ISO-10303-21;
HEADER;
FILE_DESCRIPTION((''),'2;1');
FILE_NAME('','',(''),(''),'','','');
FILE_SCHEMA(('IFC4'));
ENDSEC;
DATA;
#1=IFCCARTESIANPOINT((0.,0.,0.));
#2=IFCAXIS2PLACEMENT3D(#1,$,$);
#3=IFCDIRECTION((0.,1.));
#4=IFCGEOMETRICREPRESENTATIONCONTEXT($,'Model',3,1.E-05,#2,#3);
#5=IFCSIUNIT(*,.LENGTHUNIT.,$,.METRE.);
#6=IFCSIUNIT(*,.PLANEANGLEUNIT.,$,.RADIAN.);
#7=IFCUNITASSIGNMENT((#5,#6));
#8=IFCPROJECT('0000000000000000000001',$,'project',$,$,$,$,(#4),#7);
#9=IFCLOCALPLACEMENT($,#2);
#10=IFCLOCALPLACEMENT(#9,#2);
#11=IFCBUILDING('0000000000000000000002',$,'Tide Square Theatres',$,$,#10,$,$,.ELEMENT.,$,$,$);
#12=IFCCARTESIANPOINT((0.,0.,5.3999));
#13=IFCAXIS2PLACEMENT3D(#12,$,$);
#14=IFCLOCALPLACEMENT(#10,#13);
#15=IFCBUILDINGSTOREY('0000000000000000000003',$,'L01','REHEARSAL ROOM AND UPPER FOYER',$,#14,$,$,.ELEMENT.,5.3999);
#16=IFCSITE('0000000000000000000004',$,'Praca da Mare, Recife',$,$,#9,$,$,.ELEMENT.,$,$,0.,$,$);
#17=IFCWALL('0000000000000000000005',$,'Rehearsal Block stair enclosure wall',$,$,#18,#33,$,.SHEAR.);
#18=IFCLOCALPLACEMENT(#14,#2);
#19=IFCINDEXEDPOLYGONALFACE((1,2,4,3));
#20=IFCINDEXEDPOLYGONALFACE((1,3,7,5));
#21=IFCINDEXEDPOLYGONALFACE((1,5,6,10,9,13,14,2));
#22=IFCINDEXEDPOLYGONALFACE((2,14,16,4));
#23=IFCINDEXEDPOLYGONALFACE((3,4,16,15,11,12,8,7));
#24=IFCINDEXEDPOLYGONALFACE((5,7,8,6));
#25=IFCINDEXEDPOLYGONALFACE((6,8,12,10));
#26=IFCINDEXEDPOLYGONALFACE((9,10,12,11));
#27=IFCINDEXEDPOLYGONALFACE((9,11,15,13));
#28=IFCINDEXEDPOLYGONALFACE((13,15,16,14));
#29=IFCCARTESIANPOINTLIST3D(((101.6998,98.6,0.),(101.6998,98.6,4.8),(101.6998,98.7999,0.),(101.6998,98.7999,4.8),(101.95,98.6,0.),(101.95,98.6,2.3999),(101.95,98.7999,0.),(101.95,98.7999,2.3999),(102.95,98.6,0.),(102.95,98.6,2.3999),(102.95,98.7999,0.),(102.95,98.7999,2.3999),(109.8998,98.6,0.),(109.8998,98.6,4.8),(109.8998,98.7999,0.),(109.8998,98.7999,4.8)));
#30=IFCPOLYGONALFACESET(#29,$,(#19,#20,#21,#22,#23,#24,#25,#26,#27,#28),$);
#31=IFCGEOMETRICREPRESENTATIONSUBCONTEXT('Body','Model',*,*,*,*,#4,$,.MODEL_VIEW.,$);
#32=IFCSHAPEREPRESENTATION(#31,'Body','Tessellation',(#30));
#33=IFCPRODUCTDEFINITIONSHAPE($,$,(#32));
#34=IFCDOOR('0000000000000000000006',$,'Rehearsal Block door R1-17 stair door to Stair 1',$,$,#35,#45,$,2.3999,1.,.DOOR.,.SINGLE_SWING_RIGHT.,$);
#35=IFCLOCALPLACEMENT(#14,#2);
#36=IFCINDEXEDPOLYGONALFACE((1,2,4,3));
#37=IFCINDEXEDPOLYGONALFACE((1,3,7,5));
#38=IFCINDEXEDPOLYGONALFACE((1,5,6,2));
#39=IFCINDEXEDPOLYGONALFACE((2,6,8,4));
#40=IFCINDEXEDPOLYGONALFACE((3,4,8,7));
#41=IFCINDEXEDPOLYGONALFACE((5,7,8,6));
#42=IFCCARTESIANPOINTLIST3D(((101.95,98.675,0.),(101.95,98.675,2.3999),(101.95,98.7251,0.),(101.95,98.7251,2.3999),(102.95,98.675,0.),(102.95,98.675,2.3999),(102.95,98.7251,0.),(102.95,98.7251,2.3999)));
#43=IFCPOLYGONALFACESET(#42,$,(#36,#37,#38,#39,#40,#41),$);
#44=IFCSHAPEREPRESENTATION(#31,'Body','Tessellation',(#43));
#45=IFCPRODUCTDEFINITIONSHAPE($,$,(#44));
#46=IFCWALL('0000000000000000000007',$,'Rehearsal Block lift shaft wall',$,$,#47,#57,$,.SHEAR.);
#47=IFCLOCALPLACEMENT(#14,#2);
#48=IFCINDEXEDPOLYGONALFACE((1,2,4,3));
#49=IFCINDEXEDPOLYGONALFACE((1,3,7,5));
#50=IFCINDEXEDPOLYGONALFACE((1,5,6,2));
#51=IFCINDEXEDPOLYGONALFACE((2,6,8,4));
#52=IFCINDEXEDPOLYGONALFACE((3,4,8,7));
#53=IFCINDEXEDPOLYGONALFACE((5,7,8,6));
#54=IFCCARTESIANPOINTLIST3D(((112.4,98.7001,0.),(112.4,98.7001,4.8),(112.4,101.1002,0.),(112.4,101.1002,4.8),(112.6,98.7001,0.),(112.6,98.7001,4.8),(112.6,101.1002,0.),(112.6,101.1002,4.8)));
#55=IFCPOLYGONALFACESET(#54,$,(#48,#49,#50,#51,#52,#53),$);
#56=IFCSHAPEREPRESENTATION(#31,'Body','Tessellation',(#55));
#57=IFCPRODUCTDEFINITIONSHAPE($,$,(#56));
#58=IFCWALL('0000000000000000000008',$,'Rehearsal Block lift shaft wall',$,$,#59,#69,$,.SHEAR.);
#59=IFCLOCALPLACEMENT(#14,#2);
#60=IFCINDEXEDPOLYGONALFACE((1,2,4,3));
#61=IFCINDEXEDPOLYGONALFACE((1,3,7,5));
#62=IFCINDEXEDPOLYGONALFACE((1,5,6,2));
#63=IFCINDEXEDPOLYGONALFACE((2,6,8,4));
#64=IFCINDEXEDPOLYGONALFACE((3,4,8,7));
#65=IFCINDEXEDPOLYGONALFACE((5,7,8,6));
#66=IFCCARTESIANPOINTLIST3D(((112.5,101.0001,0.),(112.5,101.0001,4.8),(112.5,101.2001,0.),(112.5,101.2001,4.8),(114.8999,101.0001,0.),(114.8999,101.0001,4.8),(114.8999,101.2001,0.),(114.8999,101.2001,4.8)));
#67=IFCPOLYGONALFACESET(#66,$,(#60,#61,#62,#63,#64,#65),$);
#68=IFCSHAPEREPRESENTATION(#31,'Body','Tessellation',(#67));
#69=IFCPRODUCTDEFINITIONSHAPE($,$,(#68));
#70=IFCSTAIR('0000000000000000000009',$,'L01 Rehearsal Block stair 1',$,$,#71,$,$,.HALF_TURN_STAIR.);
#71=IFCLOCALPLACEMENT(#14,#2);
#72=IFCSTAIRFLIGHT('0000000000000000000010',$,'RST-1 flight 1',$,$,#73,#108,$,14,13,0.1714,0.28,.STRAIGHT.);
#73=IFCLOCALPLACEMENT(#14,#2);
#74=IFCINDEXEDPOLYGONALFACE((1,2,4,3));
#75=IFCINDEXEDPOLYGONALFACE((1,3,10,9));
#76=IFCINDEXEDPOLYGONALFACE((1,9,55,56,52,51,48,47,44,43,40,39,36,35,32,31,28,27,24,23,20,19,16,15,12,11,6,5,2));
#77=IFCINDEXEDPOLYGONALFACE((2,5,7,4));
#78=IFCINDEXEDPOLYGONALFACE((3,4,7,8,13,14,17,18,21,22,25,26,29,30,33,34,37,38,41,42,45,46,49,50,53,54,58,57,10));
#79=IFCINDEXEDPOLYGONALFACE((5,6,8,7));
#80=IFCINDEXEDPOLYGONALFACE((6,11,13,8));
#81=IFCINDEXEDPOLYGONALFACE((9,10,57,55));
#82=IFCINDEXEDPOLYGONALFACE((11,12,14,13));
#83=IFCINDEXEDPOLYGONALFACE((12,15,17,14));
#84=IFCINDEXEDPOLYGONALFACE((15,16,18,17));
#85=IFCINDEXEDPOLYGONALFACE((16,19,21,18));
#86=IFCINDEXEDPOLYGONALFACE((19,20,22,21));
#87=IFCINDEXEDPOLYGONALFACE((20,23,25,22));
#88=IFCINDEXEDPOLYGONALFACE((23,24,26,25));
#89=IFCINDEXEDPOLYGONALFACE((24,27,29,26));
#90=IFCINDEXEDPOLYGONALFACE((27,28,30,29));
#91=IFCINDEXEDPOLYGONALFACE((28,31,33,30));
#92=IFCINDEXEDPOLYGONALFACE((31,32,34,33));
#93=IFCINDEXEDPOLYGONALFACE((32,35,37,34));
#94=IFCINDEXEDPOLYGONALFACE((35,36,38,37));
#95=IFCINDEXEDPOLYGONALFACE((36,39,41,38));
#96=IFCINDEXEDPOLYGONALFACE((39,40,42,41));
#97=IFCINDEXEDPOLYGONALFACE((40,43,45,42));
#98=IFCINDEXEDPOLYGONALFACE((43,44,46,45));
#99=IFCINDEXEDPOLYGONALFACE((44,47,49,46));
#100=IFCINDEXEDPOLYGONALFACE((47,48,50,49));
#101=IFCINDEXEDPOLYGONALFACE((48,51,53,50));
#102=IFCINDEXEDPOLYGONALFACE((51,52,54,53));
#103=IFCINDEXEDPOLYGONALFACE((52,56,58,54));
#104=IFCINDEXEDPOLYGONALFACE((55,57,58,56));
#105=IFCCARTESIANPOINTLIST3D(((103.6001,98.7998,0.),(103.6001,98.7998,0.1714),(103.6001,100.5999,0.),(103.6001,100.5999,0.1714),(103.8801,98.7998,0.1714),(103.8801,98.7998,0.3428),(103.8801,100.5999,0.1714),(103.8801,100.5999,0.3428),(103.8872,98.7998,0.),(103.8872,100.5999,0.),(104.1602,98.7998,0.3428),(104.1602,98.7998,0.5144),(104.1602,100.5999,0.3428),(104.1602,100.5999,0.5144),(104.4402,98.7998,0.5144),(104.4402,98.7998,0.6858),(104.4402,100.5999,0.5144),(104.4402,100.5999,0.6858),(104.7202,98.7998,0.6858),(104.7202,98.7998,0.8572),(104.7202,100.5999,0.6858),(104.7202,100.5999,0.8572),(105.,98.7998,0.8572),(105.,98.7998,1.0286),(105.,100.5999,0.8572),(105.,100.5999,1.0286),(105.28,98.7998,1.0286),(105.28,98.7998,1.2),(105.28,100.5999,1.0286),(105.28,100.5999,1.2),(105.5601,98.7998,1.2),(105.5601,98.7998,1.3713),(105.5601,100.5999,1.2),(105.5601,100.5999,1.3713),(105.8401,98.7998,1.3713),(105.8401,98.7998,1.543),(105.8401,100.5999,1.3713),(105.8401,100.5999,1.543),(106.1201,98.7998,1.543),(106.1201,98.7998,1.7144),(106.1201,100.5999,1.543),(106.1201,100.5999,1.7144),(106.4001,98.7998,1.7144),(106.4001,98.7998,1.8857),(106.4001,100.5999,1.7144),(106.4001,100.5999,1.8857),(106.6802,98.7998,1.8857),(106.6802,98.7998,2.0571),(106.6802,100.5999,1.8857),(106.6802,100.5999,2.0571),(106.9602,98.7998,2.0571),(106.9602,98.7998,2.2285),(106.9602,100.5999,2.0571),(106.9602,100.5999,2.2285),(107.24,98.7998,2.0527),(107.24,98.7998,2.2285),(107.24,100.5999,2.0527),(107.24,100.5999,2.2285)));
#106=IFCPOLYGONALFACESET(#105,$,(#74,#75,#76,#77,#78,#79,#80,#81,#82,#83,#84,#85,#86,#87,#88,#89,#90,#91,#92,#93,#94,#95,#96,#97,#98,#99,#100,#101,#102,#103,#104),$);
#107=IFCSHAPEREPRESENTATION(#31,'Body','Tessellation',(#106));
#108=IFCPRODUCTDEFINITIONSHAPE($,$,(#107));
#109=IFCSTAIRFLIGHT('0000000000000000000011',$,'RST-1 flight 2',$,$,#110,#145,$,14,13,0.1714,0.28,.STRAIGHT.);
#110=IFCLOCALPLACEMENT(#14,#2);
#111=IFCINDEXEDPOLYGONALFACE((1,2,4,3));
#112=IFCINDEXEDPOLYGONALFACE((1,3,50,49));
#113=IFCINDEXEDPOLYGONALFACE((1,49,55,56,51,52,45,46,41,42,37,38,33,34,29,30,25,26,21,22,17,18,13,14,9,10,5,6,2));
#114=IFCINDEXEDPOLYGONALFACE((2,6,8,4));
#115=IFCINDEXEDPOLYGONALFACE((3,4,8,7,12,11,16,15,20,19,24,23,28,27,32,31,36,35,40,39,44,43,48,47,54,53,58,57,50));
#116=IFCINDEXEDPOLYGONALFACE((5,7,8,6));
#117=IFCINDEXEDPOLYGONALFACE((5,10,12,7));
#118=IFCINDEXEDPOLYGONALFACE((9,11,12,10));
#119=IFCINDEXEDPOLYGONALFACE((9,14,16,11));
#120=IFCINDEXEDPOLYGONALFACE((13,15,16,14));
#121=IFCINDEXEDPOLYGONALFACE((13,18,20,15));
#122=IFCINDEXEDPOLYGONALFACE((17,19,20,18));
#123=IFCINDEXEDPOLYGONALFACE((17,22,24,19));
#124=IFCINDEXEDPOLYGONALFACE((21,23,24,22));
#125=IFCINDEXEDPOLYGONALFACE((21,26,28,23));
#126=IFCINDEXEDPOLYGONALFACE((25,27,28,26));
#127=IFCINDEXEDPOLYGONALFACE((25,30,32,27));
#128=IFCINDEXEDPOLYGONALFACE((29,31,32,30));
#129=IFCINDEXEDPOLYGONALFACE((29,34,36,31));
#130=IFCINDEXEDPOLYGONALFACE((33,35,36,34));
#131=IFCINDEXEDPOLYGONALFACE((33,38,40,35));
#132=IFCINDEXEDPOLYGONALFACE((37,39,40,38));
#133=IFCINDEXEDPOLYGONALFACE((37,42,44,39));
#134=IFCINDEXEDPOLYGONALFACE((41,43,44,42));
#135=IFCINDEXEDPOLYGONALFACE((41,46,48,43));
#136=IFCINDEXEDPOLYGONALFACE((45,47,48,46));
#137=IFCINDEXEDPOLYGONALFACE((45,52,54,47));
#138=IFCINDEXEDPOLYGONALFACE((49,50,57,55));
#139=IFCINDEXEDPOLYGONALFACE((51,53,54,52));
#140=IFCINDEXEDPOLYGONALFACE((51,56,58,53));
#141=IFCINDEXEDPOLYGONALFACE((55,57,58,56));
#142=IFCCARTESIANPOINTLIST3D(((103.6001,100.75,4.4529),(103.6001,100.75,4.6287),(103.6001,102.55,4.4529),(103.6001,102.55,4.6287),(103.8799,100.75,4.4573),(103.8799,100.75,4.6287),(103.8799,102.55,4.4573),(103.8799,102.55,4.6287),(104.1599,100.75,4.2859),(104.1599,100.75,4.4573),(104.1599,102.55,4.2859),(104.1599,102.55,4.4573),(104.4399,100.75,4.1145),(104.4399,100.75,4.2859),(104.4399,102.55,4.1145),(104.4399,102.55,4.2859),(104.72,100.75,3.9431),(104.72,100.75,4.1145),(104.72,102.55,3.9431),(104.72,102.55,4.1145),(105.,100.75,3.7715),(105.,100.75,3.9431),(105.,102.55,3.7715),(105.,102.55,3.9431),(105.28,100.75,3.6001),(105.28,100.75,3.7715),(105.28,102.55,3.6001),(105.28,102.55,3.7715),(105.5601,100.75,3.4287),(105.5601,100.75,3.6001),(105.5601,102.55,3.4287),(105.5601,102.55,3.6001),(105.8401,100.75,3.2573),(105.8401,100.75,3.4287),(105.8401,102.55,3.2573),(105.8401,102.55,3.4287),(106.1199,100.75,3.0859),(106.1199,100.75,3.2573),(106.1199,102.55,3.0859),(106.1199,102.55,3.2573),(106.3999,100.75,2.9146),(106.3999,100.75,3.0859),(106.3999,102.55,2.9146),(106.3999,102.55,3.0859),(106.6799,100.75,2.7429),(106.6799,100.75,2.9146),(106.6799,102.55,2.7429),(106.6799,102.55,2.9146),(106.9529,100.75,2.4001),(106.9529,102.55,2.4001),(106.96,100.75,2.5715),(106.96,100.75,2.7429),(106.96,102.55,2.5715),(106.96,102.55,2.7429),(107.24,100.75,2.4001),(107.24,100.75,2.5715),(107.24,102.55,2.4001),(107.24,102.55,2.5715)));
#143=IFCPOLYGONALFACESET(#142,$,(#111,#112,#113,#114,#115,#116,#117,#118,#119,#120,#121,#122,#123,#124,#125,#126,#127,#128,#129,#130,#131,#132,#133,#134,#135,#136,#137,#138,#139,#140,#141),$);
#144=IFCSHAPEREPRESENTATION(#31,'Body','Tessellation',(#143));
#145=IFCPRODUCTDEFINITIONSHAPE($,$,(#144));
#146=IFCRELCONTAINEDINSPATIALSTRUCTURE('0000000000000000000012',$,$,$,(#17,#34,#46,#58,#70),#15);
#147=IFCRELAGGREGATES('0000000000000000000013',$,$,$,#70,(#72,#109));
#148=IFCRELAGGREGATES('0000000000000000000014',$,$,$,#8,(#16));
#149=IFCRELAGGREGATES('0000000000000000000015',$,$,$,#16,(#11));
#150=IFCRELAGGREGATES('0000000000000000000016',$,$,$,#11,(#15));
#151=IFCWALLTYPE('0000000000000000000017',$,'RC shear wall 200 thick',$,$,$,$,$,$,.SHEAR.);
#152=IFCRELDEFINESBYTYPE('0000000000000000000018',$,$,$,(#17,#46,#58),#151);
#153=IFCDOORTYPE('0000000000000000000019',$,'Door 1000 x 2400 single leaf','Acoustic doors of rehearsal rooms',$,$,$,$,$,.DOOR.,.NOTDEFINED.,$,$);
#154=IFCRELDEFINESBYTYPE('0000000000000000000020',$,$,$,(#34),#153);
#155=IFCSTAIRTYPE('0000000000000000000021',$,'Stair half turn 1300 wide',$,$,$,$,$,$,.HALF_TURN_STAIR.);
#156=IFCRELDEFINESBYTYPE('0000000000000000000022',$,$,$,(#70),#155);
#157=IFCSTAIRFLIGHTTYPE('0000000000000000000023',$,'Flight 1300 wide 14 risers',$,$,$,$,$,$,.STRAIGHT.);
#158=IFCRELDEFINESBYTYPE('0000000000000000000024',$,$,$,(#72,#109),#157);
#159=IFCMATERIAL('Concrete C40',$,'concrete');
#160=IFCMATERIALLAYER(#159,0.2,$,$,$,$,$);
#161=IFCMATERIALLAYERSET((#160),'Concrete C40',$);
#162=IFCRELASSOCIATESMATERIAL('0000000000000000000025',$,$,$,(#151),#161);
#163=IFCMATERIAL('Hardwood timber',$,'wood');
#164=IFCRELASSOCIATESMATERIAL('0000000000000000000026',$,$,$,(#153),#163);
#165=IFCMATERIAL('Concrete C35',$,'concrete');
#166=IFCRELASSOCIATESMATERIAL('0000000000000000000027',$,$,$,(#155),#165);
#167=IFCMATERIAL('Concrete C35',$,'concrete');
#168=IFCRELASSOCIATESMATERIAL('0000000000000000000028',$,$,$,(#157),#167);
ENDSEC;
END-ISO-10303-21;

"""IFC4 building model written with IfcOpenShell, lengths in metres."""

from ifc_helpers import new_model, si_unit, direction, frame, frame_2d, origin, place, context, subcontext, project, spatial, polyline, rectangle, outline, extrude, material, layer, layer_set, type_object, element, fill, aggregate, save


model = new_model("IFC4")

# Units and contexts
model_context = context("Model", 3, precision=1e-05, world=origin(), true_north=direction((0.0, 1.0)))
body_context = subcontext(model_context, "Body", "Model", "MODEL_VIEW")
ifc_project = project(units=[si_unit("LENGTHUNIT", "METRE"), si_unit("PLANEANGLEUNIT", "RADIAN")], contexts=[model_context])

# Site, building, storey
site_placement = place(None, origin())
site = spatial("IfcSite", under=ifc_project, at=site_placement, Name="Praca da Mare, Recife", CompositionType="ELEMENT", RefElevation=0.0)
building_placement = place(site_placement, origin())
building = spatial("IfcBuilding", under=site, at=building_placement, Name="Tide Square Theatres", CompositionType="ELEMENT")
storey_placement = place(building_placement, frame((0.0, 0.0, 5.3999)))
storey = spatial("IfcBuildingStorey", under=building, at=storey_placement, Name="L01", Description="REHEARSAL ROOM AND UPPER FOYER", CompositionType="ELEMENT", Elevation=5.3999)

# Shared definitions
ifc_material_1 = material(Name="Concrete C40", Category="concrete")
ifc_layer_1 = layer(ifc_material_1, 0.2)
ifc_layer_set_1 = layer_set([ifc_layer_1], Name="Concrete C40")
wall_type_1 = type_object("IfcWallType", Name="RC shear wall 200 thick", PredefinedType="SHEAR", material=ifc_layer_set_1)

# Wall, opening, door
wall_1_placement = place(storey_placement, frame((109.8999, 98.7, 0.0), z_axis=(0.0, 0.0, 1.0), x_axis=(-1.0, 0.0, 0.0)))
wall_1 = element("IfcWall", 1, at=wall_1_placement, inside=storey, type_object=wall_type_1, Name="Rehearsal Block stair enclosure wall", PredefinedType="SHEAR", context=body_context, shape_type="SweptSolid", body=[
    extrude(rectangle(XDim=8.2, YDim=0.2, at=frame_2d((4.1001, 0.0))), origin(), (0.0, 0.0, 1.0), 4.8),
])
opening_1_placement = place(wall_1_placement, frame((6.95, 0.0, 0.0)))
opening_1 = element("IfcOpeningElement", 2, at=opening_1_placement, cuts=wall_1, PredefinedType="OPENING", context=body_context, shape_type="SweptSolid", body=[
    extrude(rectangle(XDim=1.0, YDim=2.3999, at=frame_2d((0.5, 1.2))), frame((0.0, 0.1099, 0.0), z_axis=(0.0, -1.0, 0.0), x_axis=(1.0, 0.0, 0.0)), (0.0, 0.0, 1.0), 0.22),
])
ifc_material_2 = material(Name="Hardwood timber", Category="wood")
door_type = type_object("IfcDoorType", Name="Door 1000 x 2400 single leaf", Description="Acoustic doors of rehearsal rooms", OperationType="NOTDEFINED", PredefinedType="DOOR", material=ifc_material_2)
door_placement = place(opening_1_placement, origin())
door = element("IfcDoor", 3, at=door_placement, inside=storey, type_object=door_type, Name="Rehearsal Block door R1-17 stair door to Stair 1", OperationType="SINGLE_SWING_RIGHT", OverallHeight=2.3999, OverallWidth=1.0, PredefinedType="DOOR", context=body_context, shape_type="SweptSolid", body=[
    extrude(rectangle(XDim=1.0, YDim=2.3999, at=frame_2d((0.5, 1.2))), frame((0.0, 0.0249, 0.0), z_axis=(0.0, -1.0, 0.0), x_axis=(1.0, 0.0, 0.0)), (0.0, 0.0, 1.0), 0.05),
])
fill(opening_1, door)

# Walls
wall_2_placement = place(storey_placement, frame((112.5, 98.7, 0.0), z_axis=(0.0, 0.0, 1.0), x_axis=(0.0, 1.0, 0.0)))
element("IfcWall", 4, at=wall_2_placement, inside=storey, type_object=wall_type_1, Name="Rehearsal Block lift shaft wall", PredefinedType="SHEAR", context=body_context, shape_type="SweptSolid", body=[
    extrude(rectangle(XDim=2.4001, YDim=0.2, at=frame_2d((1.2002, 0.0))), origin(), (0.0, 0.0, 1.0), 4.8),
])
wall_3_placement = place(storey_placement, frame((112.5, 101.1001, 0.0), z_axis=(0.0, 0.0, 1.0), x_axis=(1.0, 0.0, 0.0)))
element("IfcWall", 5, at=wall_3_placement, inside=storey, type_object=wall_type_1, Name="Rehearsal Block lift shaft wall", PredefinedType="SHEAR", context=body_context, shape_type="SweptSolid", body=[
    extrude(rectangle(XDim=2.3999, YDim=0.2, at=frame_2d((1.2, 0.0))), origin(), (0.0, 0.0, 1.0), 4.8),
])

# Stair, stair flights
ifc_material_3 = material(Name="Concrete C35", Category="concrete")
stair_type = type_object("IfcStairType", Name="Stair half turn 1300 wide", PredefinedType="HALF_TURN_STAIR", material=ifc_material_3)
stair_placement = place(storey_placement, origin())
stair = element("IfcStair", 6, at=stair_placement, inside=storey, type_object=stair_type, Name="L01 Rehearsal Block stair 1", PredefinedType="HALF_TURN_STAIR")
ifc_material_4 = material(Name="Concrete C35", Category="concrete")
stair_flight_type = type_object("IfcStairFlightType", Name="Flight 1300 wide 14 risers", PredefinedType="STRAIGHT", material=ifc_material_4)
stair_flight_1_placement = place(storey_placement, frame((103.6001, 99.7, 0.0), z_axis=(0.0, 0.0, 1.0), x_axis=(1.0, 0.0, 0.0)))
stair_flight_1 = element("IfcStairFlight", 7, at=stair_flight_1_placement, type_object=stair_flight_type, Name="RST-1 flight 1", NumberOfRisers=14, NumberOfTreads=13, PredefinedType="STRAIGHT", RiserHeight=0.1714, TreadLength=0.28, context=body_context, shape_type="SweptSolid", body=[
    extrude(outline(polyline([(0.0, 0.0), (0.0, 0.1714), (0.28, 0.1714), (0.28, 0.3428), (0.5601, 0.3428), (0.5601, 0.5144), (0.8401, 0.5144), (0.8401, 0.6858), (1.1201, 0.6858), (1.1201, 0.8572), (1.3999, 0.8572), (1.3999, 1.0286), (1.6799, 1.0286), (1.6799, 1.2), (1.96, 1.2), (1.96, 1.3713), (2.24, 1.3713), (2.24, 1.543), (2.52, 1.543), (2.52, 1.7144), (2.8, 1.7144), (2.8, 1.8857), (3.0801, 1.8857), (3.0801, 2.0571), (3.3601, 2.0571), (3.3601, 2.2285), (3.6399, 2.2285), (3.6399, 2.3999), (3.6399, 2.0527), (0.2871, 0.0), (0.0, 0.0)])), frame((0.0, 0.8999, 0.0), z_axis=(0.0, -1.0, 0.0), x_axis=(1.0, 0.0, 0.0)), (0.0, 0.0, 1.0), 1.8),
])
stair_flight_2_placement = place(storey_placement, frame((107.24, 101.6499, 2.4001), z_axis=(0.0, 0.0, 1.0), x_axis=(-1.0, 0.0, 0.0)))
stair_flight_2 = element("IfcStairFlight", 8, at=stair_flight_2_placement, type_object=stair_flight_type, Name="RST-1 flight 2", NumberOfRisers=14, NumberOfTreads=13, PredefinedType="STRAIGHT", RiserHeight=0.1714, TreadLength=0.28, context=body_context, shape_type="SweptSolid", body=[
    extrude(outline(polyline([(0.0, 0.0), (0.0, 0.1714), (0.28, 0.1714), (0.28, 0.3428), (0.5601, 0.3428), (0.5601, 0.5144), (0.8401, 0.5144), (0.8401, 0.6858), (1.1201, 0.6858), (1.1201, 0.8572), (1.3999, 0.8572), (1.3999, 1.0286), (1.6799, 1.0286), (1.6799, 1.2), (1.96, 1.2), (1.96, 1.3713), (2.24, 1.3713), (2.24, 1.543), (2.52, 1.543), (2.52, 1.7144), (2.8, 1.7144), (2.8, 1.8857), (3.0801, 1.8857), (3.0801, 2.0571), (3.3601, 2.0571), (3.3601, 2.2285), (3.6399, 2.2285), (3.6399, 2.3999), (3.6399, 2.0527), (0.2871, 0.0), (0.0, 0.0)])), frame((0.0, 0.8999, 0.0), z_axis=(0.0, -1.0, 0.0), x_axis=(1.0, 0.0, 0.0)), (0.0, 0.0, 1.0), 1.8),
])
aggregate(stair, [stair_flight_1, stair_flight_2])

save(model, "model.ifc")
